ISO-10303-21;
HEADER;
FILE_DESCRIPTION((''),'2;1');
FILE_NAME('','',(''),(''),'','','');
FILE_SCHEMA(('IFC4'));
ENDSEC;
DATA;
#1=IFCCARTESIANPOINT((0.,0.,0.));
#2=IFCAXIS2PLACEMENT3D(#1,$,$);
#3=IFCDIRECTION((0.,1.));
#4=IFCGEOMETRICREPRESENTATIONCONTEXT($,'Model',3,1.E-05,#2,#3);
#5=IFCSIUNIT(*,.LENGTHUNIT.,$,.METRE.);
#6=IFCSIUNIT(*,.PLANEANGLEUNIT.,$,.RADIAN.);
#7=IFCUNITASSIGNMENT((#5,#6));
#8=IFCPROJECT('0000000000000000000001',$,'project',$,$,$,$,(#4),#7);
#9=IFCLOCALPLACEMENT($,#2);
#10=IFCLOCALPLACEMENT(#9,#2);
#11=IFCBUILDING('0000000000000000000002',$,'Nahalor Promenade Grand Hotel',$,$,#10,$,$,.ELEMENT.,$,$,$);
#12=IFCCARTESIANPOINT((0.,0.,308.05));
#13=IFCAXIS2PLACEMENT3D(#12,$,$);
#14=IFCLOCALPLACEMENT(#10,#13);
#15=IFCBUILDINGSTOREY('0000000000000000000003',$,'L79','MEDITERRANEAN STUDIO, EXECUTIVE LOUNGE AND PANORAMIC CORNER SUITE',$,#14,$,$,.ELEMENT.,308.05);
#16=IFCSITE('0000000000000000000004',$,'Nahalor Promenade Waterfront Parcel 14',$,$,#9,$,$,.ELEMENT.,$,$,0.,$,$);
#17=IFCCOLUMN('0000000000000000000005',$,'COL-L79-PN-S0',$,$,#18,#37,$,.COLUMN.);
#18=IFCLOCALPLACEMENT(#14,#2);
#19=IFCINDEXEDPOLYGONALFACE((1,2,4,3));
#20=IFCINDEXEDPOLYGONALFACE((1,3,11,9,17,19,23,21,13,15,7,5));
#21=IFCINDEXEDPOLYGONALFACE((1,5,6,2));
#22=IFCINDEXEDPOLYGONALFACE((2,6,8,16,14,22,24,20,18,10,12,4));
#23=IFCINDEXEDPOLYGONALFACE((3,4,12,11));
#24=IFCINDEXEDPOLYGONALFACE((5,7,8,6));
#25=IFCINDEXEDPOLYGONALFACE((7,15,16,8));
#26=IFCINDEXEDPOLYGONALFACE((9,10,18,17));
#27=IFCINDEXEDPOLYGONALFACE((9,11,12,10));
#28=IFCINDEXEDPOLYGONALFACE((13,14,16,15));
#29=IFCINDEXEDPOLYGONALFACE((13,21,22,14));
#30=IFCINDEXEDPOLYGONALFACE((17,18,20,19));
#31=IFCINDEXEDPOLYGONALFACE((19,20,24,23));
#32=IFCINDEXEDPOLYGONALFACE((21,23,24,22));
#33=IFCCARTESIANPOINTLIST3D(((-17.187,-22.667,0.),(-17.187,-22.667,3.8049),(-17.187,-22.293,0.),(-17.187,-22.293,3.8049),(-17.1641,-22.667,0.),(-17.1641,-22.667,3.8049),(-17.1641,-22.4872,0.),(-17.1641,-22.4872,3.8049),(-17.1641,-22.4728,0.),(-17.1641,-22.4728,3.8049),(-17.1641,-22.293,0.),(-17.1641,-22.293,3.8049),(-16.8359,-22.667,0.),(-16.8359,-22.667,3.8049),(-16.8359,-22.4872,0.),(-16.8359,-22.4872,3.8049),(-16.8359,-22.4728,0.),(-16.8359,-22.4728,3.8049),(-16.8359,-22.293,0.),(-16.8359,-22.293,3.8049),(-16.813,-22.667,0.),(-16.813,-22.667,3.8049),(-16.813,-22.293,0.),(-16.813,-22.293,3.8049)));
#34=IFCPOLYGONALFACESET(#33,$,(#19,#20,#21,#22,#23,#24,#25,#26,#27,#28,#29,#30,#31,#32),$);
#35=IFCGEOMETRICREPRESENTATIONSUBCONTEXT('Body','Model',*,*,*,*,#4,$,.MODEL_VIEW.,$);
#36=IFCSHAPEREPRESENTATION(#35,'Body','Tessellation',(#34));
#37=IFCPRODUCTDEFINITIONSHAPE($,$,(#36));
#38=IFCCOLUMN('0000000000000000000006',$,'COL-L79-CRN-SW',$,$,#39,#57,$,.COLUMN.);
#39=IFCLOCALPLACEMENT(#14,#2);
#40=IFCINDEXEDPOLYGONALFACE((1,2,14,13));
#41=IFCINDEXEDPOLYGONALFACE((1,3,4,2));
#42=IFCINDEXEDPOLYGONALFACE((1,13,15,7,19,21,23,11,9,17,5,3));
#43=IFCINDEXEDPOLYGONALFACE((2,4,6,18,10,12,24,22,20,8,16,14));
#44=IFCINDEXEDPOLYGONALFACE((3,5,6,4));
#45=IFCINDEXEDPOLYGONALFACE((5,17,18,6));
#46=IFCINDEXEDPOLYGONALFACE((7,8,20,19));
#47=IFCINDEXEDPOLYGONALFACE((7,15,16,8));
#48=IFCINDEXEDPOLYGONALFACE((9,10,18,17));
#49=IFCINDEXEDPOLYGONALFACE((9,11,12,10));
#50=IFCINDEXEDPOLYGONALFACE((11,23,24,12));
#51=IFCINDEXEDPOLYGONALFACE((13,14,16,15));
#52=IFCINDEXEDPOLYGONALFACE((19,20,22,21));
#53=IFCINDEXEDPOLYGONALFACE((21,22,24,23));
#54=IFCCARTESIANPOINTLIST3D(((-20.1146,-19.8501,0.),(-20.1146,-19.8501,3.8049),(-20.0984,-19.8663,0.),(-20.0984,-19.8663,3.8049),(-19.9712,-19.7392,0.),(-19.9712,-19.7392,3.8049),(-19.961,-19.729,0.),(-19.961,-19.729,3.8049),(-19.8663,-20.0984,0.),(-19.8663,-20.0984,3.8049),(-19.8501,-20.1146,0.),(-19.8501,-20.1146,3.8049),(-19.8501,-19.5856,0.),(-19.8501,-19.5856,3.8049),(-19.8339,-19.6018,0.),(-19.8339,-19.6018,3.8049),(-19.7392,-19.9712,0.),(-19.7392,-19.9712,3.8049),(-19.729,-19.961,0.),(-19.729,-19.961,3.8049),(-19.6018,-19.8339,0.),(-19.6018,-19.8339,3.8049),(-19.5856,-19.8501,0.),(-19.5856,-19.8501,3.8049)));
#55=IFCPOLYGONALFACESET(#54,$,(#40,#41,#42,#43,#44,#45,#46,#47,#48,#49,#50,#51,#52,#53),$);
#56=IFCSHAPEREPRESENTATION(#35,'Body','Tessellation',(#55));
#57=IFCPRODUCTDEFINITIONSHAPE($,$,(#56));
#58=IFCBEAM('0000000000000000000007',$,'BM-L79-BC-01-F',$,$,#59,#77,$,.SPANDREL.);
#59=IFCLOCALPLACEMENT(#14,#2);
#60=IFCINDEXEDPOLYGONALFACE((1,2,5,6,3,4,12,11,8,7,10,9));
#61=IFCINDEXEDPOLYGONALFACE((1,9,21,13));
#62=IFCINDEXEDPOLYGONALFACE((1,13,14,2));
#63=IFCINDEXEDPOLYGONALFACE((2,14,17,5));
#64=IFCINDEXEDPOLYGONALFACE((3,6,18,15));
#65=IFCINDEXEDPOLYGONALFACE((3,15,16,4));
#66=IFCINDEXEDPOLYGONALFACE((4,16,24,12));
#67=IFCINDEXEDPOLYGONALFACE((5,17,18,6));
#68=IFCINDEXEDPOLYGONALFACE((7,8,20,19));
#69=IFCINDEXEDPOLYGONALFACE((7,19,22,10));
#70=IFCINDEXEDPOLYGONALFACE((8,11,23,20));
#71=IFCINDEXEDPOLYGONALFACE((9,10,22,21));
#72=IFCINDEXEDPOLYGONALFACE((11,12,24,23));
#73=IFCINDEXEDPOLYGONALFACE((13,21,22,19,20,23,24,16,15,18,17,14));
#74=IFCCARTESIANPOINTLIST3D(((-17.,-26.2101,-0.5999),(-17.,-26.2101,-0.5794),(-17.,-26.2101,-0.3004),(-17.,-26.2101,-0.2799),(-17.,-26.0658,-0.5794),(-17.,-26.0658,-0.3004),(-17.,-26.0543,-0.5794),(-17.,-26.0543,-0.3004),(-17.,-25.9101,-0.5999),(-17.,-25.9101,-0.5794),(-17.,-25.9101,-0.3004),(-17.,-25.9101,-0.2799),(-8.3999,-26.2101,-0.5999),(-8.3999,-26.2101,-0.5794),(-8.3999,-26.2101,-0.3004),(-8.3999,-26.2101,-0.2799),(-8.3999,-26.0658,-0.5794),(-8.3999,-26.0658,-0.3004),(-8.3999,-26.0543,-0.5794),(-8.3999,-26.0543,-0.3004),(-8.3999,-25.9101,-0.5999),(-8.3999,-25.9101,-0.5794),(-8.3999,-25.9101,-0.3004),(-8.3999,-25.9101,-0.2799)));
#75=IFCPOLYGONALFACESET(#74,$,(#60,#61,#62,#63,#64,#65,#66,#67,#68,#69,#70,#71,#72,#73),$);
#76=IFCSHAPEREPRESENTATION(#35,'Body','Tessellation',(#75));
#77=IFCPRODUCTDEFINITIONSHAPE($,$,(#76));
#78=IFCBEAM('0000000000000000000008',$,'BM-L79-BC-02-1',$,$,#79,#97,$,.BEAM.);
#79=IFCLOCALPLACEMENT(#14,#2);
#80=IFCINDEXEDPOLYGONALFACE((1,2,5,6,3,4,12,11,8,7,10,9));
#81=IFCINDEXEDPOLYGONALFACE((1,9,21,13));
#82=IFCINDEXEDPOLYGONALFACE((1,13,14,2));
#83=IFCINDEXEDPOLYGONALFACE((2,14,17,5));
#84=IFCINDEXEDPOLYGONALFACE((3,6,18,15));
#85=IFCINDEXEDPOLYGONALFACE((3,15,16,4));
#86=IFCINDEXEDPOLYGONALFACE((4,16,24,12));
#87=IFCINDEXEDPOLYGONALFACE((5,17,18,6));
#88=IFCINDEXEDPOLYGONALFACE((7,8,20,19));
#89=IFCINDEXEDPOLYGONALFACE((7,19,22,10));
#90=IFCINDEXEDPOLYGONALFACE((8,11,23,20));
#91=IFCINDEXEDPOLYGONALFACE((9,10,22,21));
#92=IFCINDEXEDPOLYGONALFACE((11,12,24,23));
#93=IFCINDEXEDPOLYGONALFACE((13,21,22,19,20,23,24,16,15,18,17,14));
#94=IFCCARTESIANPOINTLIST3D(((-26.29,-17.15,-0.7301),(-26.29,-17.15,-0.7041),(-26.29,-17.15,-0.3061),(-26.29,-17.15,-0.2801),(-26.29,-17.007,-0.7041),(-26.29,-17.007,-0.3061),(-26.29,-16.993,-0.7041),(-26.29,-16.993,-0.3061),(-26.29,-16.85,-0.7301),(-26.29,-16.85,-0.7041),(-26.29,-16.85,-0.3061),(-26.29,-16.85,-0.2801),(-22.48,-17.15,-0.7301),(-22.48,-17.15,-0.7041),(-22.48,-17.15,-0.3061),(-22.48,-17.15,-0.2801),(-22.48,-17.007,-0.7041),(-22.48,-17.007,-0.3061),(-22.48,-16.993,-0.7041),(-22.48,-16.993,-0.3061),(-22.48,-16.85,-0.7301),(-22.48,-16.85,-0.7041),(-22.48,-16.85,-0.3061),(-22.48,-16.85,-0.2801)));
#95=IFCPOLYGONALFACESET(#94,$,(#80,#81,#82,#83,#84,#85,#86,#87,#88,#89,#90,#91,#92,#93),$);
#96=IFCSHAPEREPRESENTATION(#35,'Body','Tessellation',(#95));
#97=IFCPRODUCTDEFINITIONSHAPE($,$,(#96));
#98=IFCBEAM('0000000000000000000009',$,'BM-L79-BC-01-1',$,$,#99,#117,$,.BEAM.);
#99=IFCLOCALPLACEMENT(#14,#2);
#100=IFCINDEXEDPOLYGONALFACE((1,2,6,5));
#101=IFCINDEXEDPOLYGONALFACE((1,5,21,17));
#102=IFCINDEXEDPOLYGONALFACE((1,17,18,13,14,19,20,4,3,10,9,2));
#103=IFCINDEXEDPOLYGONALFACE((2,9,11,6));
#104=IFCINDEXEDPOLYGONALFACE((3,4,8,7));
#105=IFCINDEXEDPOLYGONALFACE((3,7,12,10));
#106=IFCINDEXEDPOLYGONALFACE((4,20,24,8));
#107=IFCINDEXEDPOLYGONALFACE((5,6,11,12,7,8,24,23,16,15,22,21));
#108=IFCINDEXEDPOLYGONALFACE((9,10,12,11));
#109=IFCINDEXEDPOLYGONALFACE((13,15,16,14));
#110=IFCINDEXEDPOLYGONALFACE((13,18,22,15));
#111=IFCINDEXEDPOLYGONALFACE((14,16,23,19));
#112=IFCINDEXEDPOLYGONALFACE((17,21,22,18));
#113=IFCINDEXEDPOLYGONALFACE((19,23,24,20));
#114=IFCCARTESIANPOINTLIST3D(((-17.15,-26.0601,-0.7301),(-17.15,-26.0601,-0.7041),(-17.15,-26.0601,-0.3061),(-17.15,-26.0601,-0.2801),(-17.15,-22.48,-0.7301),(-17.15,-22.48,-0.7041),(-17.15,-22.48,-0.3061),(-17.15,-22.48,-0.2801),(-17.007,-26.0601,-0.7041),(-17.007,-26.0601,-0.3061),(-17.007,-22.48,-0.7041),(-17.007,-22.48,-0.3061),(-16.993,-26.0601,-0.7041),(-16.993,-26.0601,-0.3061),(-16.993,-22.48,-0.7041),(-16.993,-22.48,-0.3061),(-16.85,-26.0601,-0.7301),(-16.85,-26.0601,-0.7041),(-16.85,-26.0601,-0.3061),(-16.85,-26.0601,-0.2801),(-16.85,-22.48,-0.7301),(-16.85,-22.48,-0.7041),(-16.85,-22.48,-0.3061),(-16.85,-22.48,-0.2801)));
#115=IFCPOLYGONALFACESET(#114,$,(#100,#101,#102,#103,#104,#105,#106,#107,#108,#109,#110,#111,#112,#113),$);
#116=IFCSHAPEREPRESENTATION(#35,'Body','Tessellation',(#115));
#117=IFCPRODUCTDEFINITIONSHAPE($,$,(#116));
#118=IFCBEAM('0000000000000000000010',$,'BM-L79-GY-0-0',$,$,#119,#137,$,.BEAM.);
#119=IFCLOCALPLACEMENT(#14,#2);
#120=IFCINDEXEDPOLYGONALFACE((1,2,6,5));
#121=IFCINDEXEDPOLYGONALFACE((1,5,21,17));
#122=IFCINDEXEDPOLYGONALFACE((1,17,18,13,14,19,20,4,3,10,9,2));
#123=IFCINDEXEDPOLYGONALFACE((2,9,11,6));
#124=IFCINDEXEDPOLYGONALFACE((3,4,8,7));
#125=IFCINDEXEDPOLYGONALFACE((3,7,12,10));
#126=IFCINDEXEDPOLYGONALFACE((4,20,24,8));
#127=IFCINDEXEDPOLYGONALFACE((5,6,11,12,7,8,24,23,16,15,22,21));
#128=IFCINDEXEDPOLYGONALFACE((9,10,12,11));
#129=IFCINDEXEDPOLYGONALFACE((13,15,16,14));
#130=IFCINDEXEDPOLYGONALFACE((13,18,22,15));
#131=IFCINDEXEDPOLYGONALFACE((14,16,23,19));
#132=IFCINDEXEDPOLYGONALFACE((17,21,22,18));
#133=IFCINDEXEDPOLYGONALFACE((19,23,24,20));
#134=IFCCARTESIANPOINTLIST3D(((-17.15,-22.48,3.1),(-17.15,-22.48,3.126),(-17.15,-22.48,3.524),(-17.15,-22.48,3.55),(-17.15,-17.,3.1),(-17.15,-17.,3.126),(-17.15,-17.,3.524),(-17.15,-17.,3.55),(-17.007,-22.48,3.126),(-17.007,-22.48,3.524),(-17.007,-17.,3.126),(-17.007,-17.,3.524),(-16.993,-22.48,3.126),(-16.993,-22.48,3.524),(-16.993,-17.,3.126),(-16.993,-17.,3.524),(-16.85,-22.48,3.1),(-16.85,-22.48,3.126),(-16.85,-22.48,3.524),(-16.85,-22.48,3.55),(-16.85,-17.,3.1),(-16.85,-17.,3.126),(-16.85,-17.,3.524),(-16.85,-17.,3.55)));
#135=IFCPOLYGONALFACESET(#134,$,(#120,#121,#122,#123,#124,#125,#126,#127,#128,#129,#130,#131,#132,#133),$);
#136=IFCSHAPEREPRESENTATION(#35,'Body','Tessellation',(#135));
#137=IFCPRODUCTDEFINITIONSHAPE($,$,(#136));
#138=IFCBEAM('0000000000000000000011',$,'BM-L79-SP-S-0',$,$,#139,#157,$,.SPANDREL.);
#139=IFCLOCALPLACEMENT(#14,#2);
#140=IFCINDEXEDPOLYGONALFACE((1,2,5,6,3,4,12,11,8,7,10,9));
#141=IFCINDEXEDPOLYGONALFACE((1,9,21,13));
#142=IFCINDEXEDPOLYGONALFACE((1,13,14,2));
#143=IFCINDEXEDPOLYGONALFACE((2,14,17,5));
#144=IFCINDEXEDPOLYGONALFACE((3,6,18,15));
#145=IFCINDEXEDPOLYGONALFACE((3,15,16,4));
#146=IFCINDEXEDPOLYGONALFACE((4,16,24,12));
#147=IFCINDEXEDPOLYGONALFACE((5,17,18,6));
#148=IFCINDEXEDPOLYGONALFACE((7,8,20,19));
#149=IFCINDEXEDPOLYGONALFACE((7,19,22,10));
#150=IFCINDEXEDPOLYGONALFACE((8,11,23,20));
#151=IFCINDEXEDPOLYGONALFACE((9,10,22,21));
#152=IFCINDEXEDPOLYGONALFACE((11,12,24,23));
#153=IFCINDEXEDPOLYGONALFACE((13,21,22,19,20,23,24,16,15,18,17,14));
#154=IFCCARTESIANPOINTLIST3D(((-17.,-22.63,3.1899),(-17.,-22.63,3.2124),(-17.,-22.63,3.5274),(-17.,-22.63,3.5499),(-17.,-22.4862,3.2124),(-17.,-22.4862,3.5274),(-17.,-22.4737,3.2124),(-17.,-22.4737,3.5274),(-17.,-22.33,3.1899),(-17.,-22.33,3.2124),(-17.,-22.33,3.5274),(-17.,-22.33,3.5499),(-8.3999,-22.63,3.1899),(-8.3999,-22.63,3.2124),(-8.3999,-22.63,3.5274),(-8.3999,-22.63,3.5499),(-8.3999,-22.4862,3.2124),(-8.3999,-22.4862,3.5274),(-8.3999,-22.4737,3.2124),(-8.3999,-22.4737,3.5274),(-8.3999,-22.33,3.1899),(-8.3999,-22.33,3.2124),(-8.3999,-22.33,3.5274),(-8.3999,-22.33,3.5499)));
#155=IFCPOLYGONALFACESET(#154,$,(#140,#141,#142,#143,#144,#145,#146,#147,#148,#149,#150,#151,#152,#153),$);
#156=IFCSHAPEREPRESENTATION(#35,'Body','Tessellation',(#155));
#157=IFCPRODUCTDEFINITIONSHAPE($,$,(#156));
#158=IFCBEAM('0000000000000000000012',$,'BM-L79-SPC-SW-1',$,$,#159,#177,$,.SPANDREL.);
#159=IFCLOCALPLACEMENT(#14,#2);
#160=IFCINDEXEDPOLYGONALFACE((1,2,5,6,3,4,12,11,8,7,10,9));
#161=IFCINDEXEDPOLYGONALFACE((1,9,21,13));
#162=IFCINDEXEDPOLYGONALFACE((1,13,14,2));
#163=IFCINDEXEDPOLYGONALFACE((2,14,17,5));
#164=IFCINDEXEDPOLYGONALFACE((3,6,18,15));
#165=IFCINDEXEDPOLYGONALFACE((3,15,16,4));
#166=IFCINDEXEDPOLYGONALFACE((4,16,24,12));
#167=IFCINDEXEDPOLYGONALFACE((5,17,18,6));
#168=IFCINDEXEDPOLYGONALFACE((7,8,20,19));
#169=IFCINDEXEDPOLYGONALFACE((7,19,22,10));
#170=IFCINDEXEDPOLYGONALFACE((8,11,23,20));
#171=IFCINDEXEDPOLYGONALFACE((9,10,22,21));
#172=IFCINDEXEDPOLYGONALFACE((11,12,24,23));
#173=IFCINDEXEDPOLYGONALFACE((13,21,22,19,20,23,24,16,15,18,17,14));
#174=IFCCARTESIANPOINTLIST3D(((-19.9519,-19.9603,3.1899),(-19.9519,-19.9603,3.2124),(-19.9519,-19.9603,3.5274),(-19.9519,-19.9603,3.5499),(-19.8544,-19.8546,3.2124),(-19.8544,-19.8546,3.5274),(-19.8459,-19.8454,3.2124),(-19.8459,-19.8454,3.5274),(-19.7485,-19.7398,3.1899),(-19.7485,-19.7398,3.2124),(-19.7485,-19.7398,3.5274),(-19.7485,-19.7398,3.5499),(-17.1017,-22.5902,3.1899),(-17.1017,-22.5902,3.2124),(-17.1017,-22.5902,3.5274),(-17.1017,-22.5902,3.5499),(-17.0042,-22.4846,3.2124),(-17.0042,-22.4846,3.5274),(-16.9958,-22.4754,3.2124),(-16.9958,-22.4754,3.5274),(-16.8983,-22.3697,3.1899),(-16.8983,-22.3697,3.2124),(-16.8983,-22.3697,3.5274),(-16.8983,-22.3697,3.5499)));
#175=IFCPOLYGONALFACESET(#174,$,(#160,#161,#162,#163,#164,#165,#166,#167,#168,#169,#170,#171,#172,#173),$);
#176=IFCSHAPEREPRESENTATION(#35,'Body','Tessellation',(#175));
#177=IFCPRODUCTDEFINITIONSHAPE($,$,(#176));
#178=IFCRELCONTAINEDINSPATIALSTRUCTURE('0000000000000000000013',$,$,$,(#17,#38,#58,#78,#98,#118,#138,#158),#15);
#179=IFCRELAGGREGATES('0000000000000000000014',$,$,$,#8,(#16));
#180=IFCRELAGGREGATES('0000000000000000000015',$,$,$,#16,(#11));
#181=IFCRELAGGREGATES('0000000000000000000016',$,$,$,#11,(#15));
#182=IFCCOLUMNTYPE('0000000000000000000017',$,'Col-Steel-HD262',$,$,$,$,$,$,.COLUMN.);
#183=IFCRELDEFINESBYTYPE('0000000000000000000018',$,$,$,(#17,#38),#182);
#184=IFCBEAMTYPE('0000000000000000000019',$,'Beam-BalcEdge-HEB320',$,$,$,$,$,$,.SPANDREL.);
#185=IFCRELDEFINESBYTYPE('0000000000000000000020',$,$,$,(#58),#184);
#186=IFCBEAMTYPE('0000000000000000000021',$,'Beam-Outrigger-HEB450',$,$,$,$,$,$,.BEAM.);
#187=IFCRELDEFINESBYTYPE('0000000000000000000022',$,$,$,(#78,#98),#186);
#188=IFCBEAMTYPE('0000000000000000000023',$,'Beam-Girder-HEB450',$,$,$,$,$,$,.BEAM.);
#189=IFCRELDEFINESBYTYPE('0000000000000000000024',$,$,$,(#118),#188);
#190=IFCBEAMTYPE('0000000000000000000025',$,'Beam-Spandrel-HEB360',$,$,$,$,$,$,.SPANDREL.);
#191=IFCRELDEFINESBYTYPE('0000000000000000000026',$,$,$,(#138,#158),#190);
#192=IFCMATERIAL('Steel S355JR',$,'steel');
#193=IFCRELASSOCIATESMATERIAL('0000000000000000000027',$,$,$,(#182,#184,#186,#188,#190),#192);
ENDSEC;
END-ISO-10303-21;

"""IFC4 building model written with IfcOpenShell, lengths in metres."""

from ifc_helpers import new_model, si_unit, direction, frame, origin, origin_2d, place, context, subcontext, project, spatial, i_section, extrude, source, transform, mapped, material, material_profile, profile_set, type_object, element, save


model = new_model("IFC4")

# Units and contexts
model_context = context("Model", 3, precision=1e-05, world=origin(), true_north=direction((0.0, 1.0)))
body_context = subcontext(model_context, "Body", "Model", "MODEL_VIEW")
ifc_project = project(units=[si_unit("LENGTHUNIT", "METRE"), si_unit("PLANEANGLEUNIT", "RADIAN")], contexts=[model_context])

# Site, building, storey
site_placement = place(None, origin())
site = spatial("IfcSite", under=ifc_project, at=site_placement, Name="Nahalor Promenade Waterfront Parcel 14", CompositionType="ELEMENT", RefElevation=0.0)
building_placement = place(site_placement, origin())
building = spatial("IfcBuilding", under=site, at=building_placement, Name="Nahalor Promenade Grand Hotel", CompositionType="ELEMENT")
storey_placement = place(building_placement, frame((0.0, 0.0, 308.05)))
storey = spatial("IfcBuildingStorey", under=building, at=storey_placement, Name="L79", Description="MEDITERRANEAN STUDIO, EXECUTIVE LOUNGE AND PANORAMIC CORNER SUITE", CompositionType="ELEMENT", Elevation=308.05)

# Columns
ifc_material_1 = material(Name="Steel S355JR", Category="steel")
ifc_material_profile_1 = material_profile(ifc_material_1, i_section(OverallWidth=0.374, OverallDepth=0.374, WebThickness=0.0144, FlangeThickness=0.0229, at=origin_2d()), Name="HD 360x262")
ifc_profile_set_1 = profile_set([ifc_material_profile_1], Name="Steel S355JR")
column_type = type_object("IfcColumnType", Name="Col-Steel-HD262", PredefinedType="COLUMN", material=ifc_profile_set_1)
shared_shape_1 = source(origin(), body_context, "Body", "SweptSolid", [
    extrude(i_section(OverallWidth=0.374, OverallDepth=0.374, WebThickness=0.0144, FlangeThickness=0.0229, at=origin_2d()), origin(), (0.0, 0.0, 1.0), 3.8049),
])
for number, where, z_axis, x_axis, name in (
    (1, (-17.0, -22.48, 0.0), (0.0, 0.0, 1.0), (0.0, 1.0, 0.0), "COL-L79-PN-S0"),
    (2, (-19.8501, -19.8501, 0.0), (0.0, 0.0, 1.0), (0.707107, 0.707107, 0.0), "COL-L79-CRN-SW"),
):
    element("IfcColumn", number, at=place(storey_placement, frame(where, z_axis=z_axis, x_axis=x_axis)), inside=storey, type_object=column_type, Name=name, PredefinedType="COLUMN", context=body_context, shape_type="MappedRepresentation", body=[
        mapped(shared_shape_1, transform((0.0, 0.0, 0.0), scale=1.0)),
    ])

# Beams
ifc_material_profile_2 = material_profile(ifc_material_1, i_section(OverallWidth=0.3, OverallDepth=0.32, WebThickness=0.0115, FlangeThickness=0.0205, at=origin_2d()), Name="HEB 320")
ifc_profile_set_2 = profile_set([ifc_material_profile_2], Name="Steel S355JR")
beam_type_1 = type_object("IfcBeamType", Name="Beam-BalcEdge-HEB320", PredefinedType="SPANDREL", material=ifc_profile_set_2)
shared_shape_2 = source(origin(), body_context, "Body", "SweptSolid", [
    extrude(i_section(OverallWidth=0.3, OverallDepth=0.32, WebThickness=0.0115, FlangeThickness=0.0205, at=origin_2d()), origin(), (0.0, 0.0, 1.0), 8.6001),
])
beam_1_placement = place(storey_placement, frame((-17.0, -26.0601, -0.4399), z_axis=(1.0, 0.0, 0.0), x_axis=(0.0, 1.0, 0.0)))
element("IfcBeam", 3, at=beam_1_placement, inside=storey, type_object=beam_type_1, Name="BM-L79-BC-01-F", PredefinedType="SPANDREL", context=body_context, shape_type="MappedRepresentation", body=[
    mapped(shared_shape_2, transform((0.0, 0.0, 0.0), scale=1.0)),
])
ifc_material_profile_3 = material_profile(ifc_material_1, i_section(OverallWidth=0.3, OverallDepth=0.45, WebThickness=0.014, FlangeThickness=0.026, at=origin_2d()), Name="HEB 450")
ifc_profile_set_3 = profile_set([ifc_material_profile_3], Name="Steel S355JR")
beam_type_2 = type_object("IfcBeamType", Name="Beam-Outrigger-HEB450", PredefinedType="BEAM", material=ifc_profile_set_3)
shared_shape_3 = source(origin(), body_context, "Body", "SweptSolid", [
    extrude(i_section(OverallWidth=0.3, OverallDepth=0.45, WebThickness=0.014, FlangeThickness=0.026, at=origin_2d()), origin(), (0.0, 0.0, 1.0), 3.8101),
])
beam_2_placement = place(storey_placement, frame((-26.29, -17.0, -0.5051), z_axis=(1.0, 0.0, 0.0), x_axis=(0.0, 1.0, 0.0)))
element("IfcBeam", 4, at=beam_2_placement, inside=storey, type_object=beam_type_2, Name="BM-L79-BC-02-1", PredefinedType="BEAM", context=body_context, shape_type="MappedRepresentation", body=[
    mapped(shared_shape_3, transform((0.0, 0.0, 0.0), scale=1.0)),
])
shared_shape_4 = source(origin(), body_context, "Body", "SweptSolid", [
    extrude(i_section(OverallWidth=0.3, OverallDepth=0.45, WebThickness=0.014, FlangeThickness=0.026, at=origin_2d()), origin(), (0.0, 0.0, 1.0), 3.5801),
])
beam_3_placement = place(storey_placement, frame((-17.0, -26.0601, -0.5051), z_axis=(0.0, 1.0, 0.0), x_axis=(-1.0, 0.0, 0.0)))
element("IfcBeam", 5, at=beam_3_placement, inside=storey, type_object=beam_type_2, Name="BM-L79-BC-01-1", PredefinedType="BEAM", context=body_context, shape_type="MappedRepresentation", body=[
    mapped(shared_shape_4, transform((0.0, 0.0, 0.0), scale=1.0)),
])
ifc_material_profile_4 = material_profile(ifc_material_1, i_section(OverallWidth=0.3, OverallDepth=0.45, WebThickness=0.014, FlangeThickness=0.026, at=origin_2d()), Name="HEB 450")
ifc_profile_set_4 = profile_set([ifc_material_profile_4], Name="Steel S355JR")
beam_type_3 = type_object("IfcBeamType", Name="Beam-Girder-HEB450", PredefinedType="BEAM", material=ifc_profile_set_4)
shared_shape_5 = source(origin(), body_context, "Body", "SweptSolid", [
    extrude(i_section(OverallWidth=0.3, OverallDepth=0.45, WebThickness=0.014, FlangeThickness=0.026, at=origin_2d()), origin(), (0.0, 0.0, 1.0), 5.48),
])
beam_4_placement = place(storey_placement, frame((-17.0, -22.48, 3.325), z_axis=(0.0, 1.0, 0.0), x_axis=(-1.0, 0.0, 0.0)))
element("IfcBeam", 6, at=beam_4_placement, inside=storey, type_object=beam_type_3, Name="BM-L79-GY-0-0", PredefinedType="BEAM", context=body_context, shape_type="MappedRepresentation", body=[
    mapped(shared_shape_5, transform((0.0, 0.0, 0.0), scale=1.0)),
])
ifc_material_profile_5 = material_profile(ifc_material_1, i_section(OverallWidth=0.3, OverallDepth=0.36, WebThickness=0.0125, FlangeThickness=0.0225, at=origin_2d()), Name="HEB 360")
ifc_profile_set_5 = profile_set([ifc_material_profile_5], Name="Steel S355JR")
beam_type_4 = type_object("IfcBeamType", Name="Beam-Spandrel-HEB360", PredefinedType="SPANDREL", material=ifc_profile_set_5)
shared_shape_6 = source(origin(), body_context, "Body", "SweptSolid", [
    extrude(i_section(OverallWidth=0.3, OverallDepth=0.36, WebThickness=0.0125, FlangeThickness=0.0225, at=origin_2d()), origin(), (0.0, 0.0, 1.0), 8.6001),
])
beam_5_placement = place(storey_placement, frame((-17.0, -22.48, 3.3699), z_axis=(1.0, 0.0, 0.0), x_axis=(0.0, 1.0, 0.0)))
element("IfcBeam", 7, at=beam_5_placement, inside=storey, type_object=beam_type_4, Name="BM-L79-SP-S-0", PredefinedType="SPANDREL", context=body_context, shape_type="MappedRepresentation", body=[
    mapped(shared_shape_6, transform((0.0, 0.0, 0.0), scale=1.0)),
])
shared_shape_7 = source(origin(), body_context, "Body", "SweptSolid", [
    extrude(i_section(OverallWidth=0.3, OverallDepth=0.36, WebThickness=0.0125, FlangeThickness=0.0225, at=origin_2d()), origin(), (0.0, 0.0, 1.0), 3.8782),
])
for number, where, z_axis, x_axis, name in (
    (8, (-17.0, -22.48, 3.3699), (-0.734929, 0.678144, 0.0), (-0.678144, -0.734929, 0.0), "BM-L79-SPC-SW-1"),
):
    element("IfcBeam", number, at=place(storey_placement, frame(where, z_axis=z_axis, x_axis=x_axis)), inside=storey, type_object=beam_type_4, Name=name, PredefinedType="SPANDREL", context=body_context, shape_type="MappedRepresentation", body=[
        mapped(shared_shape_7, transform((0.0, 0.0, 0.0), scale=1.0)),
    ])

save(model, "model.ifc")
